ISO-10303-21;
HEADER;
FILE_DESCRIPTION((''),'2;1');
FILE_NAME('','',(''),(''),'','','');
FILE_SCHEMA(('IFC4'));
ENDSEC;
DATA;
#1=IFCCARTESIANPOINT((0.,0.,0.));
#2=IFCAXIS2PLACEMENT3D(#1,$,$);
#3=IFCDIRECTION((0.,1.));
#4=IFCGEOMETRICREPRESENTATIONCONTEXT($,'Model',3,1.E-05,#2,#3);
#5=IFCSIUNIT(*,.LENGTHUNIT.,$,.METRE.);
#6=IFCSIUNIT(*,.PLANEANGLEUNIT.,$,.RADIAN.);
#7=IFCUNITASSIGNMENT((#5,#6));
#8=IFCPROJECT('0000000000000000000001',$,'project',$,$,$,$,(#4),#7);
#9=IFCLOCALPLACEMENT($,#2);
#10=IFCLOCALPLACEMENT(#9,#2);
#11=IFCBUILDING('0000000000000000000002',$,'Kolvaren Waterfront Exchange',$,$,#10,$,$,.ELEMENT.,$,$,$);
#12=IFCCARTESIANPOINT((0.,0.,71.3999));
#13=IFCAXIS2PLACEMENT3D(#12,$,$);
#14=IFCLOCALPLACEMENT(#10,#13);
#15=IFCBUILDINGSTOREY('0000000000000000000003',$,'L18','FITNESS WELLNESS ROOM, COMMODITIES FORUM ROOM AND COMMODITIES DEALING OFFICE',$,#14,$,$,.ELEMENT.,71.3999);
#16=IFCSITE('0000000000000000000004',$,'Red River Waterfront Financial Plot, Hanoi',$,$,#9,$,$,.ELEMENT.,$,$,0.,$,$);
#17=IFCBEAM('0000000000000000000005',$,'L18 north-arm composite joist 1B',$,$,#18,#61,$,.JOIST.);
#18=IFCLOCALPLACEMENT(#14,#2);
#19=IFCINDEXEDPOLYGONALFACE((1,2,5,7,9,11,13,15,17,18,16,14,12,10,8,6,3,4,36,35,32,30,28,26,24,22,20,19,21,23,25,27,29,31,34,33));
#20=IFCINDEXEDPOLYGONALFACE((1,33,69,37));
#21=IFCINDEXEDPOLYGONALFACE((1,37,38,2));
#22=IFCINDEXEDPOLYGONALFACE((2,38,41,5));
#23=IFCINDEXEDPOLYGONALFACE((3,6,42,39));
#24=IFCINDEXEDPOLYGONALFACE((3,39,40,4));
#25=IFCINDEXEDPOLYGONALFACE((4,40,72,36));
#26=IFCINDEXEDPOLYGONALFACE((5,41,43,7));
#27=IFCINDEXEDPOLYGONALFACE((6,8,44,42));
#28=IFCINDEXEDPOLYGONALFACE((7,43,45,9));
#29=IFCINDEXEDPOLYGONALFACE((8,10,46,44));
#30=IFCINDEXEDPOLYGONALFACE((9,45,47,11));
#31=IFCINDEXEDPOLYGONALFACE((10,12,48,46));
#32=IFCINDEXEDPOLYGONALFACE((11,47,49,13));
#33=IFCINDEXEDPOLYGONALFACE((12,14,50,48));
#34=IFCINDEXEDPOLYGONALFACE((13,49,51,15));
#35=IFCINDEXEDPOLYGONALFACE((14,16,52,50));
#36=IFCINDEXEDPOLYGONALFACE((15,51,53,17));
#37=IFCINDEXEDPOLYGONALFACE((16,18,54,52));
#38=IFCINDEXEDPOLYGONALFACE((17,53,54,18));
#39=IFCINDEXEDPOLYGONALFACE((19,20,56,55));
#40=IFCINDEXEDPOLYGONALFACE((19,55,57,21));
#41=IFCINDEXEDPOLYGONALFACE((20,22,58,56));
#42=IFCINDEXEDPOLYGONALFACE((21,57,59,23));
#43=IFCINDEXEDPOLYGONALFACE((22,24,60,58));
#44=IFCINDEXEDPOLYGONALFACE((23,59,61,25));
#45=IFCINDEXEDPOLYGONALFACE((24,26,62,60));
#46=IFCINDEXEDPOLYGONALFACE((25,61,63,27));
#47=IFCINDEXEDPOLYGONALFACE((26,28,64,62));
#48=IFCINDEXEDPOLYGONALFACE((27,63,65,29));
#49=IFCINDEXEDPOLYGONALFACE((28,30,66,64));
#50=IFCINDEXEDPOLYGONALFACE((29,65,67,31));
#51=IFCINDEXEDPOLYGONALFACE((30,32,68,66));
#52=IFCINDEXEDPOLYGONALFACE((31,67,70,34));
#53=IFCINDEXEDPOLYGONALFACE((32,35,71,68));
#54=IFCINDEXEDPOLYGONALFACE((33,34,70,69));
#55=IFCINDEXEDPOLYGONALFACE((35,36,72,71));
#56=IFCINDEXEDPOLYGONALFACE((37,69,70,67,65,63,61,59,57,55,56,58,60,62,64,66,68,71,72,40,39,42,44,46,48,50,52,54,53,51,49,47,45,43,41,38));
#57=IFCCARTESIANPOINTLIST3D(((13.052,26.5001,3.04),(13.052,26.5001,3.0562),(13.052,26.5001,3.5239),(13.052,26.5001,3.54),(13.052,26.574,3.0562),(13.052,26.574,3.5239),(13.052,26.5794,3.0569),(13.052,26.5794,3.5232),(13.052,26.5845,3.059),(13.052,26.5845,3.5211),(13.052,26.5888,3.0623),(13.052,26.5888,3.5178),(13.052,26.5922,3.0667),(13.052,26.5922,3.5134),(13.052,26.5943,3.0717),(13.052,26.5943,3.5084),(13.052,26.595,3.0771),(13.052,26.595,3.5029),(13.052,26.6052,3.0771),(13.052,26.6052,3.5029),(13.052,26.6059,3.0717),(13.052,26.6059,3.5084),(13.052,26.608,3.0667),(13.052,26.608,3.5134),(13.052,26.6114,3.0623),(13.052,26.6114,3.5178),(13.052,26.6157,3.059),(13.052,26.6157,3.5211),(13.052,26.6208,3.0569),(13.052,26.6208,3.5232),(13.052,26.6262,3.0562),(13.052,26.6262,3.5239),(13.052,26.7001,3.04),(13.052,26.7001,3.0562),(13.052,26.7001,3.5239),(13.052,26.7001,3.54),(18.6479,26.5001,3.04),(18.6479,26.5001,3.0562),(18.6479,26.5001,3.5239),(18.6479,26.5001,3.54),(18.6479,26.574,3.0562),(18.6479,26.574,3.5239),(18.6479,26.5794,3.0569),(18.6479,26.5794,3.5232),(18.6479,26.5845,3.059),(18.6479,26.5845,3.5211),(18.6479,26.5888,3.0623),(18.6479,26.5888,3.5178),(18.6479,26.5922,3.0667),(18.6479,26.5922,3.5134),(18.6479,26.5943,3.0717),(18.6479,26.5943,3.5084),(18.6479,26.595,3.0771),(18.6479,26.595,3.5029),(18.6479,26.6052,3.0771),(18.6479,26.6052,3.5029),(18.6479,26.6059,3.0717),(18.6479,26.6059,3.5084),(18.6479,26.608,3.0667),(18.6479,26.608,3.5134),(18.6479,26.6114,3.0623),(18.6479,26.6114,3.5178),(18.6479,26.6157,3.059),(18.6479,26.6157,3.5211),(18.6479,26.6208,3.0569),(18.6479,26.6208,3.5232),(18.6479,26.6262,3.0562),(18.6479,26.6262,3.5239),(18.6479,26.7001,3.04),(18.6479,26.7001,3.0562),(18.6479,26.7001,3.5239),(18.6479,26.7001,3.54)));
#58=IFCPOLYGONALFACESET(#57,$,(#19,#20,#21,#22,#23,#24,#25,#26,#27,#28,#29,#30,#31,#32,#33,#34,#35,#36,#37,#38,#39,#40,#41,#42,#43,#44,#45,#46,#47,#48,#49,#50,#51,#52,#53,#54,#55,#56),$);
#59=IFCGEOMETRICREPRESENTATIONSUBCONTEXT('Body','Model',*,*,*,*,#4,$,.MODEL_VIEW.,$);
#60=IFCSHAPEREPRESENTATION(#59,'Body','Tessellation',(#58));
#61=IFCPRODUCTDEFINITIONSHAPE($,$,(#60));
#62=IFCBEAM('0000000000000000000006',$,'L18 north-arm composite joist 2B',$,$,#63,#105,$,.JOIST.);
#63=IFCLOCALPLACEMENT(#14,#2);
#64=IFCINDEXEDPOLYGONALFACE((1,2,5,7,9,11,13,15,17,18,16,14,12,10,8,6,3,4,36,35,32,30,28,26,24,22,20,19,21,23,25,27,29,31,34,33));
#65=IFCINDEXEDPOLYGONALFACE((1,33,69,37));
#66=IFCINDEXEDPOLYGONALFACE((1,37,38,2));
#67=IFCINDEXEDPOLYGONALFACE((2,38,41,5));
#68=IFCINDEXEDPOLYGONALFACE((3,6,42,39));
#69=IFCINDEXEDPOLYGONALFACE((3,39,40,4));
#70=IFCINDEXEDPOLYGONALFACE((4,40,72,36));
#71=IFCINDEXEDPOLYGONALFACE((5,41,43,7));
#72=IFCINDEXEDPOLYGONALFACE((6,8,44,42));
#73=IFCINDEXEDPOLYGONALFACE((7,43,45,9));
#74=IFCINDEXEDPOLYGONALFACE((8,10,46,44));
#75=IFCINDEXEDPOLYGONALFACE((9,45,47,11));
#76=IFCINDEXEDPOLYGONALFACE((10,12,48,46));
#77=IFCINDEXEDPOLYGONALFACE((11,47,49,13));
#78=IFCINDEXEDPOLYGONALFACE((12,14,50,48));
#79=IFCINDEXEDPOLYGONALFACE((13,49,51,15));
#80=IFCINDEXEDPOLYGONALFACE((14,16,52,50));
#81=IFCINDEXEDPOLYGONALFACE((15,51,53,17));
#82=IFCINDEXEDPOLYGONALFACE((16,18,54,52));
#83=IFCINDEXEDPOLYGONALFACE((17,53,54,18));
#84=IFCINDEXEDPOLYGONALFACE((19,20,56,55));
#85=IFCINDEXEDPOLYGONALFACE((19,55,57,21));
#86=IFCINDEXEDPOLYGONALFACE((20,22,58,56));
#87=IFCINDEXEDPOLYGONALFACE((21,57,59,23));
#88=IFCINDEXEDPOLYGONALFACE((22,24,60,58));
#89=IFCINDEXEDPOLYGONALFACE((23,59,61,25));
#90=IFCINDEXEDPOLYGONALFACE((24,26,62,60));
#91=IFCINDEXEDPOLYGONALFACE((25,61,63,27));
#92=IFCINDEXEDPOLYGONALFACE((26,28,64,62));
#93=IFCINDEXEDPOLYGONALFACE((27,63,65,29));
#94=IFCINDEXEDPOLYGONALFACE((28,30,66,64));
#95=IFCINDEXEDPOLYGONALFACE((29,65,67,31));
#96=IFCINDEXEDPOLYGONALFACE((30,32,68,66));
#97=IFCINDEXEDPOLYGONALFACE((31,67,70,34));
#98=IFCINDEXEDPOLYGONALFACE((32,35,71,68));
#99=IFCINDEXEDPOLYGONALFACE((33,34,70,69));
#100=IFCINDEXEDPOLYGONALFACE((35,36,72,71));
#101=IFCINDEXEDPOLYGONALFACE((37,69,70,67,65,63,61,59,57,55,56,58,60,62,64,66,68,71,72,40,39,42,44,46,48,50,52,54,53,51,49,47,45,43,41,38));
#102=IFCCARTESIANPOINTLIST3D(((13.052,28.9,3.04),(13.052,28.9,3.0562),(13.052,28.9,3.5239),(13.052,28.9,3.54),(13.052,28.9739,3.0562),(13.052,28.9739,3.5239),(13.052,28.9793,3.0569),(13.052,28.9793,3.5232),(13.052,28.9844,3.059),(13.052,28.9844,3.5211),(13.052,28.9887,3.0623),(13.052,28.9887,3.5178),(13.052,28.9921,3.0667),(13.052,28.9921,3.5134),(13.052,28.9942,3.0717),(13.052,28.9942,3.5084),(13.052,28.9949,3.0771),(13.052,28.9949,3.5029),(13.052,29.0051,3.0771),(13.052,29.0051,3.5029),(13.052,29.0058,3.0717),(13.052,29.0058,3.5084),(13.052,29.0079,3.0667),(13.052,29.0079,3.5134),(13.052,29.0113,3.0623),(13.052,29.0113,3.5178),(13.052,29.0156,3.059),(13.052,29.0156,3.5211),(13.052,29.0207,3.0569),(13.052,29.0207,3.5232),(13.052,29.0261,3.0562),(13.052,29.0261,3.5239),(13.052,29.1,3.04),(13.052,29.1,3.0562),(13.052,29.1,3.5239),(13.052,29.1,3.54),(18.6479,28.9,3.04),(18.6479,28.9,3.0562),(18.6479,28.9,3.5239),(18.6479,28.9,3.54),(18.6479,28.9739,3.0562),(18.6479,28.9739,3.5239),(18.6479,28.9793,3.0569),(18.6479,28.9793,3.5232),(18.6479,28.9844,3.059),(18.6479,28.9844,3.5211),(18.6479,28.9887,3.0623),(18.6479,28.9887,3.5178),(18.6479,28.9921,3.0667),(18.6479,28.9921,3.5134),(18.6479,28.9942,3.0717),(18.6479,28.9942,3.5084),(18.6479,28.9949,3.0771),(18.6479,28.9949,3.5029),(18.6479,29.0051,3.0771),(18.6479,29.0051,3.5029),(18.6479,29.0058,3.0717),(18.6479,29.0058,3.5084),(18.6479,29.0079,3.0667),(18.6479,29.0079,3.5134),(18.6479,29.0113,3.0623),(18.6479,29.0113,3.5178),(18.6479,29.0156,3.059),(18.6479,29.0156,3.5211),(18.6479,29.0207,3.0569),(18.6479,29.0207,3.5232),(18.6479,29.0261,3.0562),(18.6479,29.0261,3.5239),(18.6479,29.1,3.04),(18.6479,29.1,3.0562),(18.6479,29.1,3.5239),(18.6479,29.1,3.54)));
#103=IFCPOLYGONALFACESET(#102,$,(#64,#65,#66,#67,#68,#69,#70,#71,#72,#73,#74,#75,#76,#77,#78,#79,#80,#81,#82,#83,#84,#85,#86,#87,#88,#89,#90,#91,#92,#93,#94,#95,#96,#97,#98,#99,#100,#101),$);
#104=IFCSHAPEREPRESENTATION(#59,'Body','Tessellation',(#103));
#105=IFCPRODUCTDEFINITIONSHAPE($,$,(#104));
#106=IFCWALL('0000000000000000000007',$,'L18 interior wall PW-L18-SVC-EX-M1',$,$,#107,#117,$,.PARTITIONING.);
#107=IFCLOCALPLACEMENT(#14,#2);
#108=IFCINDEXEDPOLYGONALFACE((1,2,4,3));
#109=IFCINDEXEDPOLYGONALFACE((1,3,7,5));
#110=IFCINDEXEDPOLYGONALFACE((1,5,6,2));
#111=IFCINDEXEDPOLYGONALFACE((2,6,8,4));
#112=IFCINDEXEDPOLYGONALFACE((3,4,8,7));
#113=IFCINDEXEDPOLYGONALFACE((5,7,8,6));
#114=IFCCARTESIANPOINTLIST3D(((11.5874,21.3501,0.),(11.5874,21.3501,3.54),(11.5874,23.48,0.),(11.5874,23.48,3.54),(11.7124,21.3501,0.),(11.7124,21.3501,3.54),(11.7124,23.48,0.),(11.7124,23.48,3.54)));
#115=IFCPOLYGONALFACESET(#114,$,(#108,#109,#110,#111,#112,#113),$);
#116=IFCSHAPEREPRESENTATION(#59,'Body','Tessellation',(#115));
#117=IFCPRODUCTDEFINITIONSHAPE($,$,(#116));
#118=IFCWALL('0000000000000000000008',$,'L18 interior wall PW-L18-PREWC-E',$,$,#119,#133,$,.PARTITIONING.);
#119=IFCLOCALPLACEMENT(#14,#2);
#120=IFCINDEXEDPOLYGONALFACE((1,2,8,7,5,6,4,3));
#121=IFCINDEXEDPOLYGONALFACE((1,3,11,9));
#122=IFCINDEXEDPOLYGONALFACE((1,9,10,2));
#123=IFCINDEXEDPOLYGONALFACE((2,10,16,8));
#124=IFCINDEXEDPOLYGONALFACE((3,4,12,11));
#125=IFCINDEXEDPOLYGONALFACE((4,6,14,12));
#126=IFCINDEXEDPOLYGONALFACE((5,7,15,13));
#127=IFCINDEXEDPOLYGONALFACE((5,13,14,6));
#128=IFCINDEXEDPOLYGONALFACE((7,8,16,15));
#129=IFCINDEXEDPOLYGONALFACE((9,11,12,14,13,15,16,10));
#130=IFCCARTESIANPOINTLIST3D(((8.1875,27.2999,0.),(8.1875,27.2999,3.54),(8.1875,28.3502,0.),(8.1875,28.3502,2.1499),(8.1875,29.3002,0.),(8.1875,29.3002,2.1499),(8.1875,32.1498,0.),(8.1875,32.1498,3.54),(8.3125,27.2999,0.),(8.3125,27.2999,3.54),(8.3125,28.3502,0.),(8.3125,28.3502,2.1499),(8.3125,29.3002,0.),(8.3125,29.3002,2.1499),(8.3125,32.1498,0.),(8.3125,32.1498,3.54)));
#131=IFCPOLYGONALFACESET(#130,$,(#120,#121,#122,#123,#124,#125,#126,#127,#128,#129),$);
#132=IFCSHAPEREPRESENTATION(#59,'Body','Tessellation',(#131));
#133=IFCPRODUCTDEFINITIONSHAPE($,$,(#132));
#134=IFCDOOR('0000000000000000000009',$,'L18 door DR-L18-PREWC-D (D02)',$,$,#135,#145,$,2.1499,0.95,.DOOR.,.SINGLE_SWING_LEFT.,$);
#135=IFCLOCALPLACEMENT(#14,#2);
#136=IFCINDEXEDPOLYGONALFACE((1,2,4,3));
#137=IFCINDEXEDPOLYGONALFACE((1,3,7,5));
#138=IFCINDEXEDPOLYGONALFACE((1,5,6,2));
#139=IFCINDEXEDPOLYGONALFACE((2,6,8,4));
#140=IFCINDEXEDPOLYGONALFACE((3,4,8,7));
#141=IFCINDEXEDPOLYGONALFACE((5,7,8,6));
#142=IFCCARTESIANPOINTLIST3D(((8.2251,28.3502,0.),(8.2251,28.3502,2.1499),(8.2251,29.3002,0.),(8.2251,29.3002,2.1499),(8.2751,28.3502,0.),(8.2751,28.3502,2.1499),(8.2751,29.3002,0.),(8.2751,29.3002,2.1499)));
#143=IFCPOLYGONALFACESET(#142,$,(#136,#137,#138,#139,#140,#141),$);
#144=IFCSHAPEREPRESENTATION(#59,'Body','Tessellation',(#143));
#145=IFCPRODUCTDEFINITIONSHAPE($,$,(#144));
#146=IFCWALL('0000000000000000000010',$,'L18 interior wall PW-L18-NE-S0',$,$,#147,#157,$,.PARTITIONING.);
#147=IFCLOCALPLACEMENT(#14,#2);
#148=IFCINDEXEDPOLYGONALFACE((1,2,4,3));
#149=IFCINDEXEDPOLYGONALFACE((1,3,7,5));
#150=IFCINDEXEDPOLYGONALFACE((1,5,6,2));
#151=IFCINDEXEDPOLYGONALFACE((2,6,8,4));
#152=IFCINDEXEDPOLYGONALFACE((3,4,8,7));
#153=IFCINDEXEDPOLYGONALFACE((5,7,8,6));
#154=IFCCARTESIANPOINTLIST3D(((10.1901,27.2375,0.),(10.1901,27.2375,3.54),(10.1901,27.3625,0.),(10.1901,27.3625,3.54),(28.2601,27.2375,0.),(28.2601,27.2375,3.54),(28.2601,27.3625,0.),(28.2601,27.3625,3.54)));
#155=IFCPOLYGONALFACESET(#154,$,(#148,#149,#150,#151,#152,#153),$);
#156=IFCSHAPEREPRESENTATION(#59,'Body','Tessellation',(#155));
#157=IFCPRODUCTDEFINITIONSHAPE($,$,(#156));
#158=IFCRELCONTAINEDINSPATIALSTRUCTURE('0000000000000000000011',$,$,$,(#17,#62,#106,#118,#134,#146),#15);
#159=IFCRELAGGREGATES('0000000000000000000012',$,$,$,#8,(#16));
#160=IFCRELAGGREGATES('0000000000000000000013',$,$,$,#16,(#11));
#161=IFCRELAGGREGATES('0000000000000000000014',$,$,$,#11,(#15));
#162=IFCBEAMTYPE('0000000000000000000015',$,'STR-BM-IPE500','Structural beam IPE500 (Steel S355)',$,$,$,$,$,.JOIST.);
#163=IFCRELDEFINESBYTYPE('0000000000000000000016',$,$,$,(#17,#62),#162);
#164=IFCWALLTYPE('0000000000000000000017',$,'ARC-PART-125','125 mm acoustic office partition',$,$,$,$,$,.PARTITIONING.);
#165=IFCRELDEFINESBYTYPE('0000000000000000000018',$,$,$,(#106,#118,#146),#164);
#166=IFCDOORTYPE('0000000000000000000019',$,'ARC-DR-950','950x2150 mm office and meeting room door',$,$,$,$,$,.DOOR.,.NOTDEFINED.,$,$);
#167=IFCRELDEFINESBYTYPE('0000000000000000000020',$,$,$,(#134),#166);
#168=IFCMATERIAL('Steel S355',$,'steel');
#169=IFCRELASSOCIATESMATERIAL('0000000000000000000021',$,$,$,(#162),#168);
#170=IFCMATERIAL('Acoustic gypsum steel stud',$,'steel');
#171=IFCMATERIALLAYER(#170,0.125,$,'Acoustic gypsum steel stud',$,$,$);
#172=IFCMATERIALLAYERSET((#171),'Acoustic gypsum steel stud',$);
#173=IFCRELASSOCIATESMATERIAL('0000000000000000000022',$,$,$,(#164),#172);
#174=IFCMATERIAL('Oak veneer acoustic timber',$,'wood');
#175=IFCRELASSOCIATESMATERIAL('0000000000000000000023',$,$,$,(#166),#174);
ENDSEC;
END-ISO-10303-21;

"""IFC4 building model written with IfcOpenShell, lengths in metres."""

from ifc_helpers import new_model, si_unit, direction, frame, frame_2d, origin, origin_2d, place, context, subcontext, project, spatial, rectangle, i_section, extrude, material, layer, layer_set, material_profile, profile_set, type_object, element, fill, save


model = new_model("IFC4")

# Units and contexts
model_context = context("Model", 3, precision=1e-05, world=origin(), true_north=direction((0.0, 1.0)))
body_context = subcontext(model_context, "Body", "Model", "MODEL_VIEW")
ifc_project = project(units=[si_unit("LENGTHUNIT", "METRE"), si_unit("PLANEANGLEUNIT", "RADIAN")], contexts=[model_context])

# Site, building, storey
site_placement = place(None, origin())
site = spatial("IfcSite", under=ifc_project, at=site_placement, Name="Red River Waterfront Financial Plot, Hanoi", CompositionType="ELEMENT", RefElevation=0.0)
building_placement = place(site_placement, origin())
building = spatial("IfcBuilding", under=site, at=building_placement, Name="Kolvaren Waterfront Exchange", CompositionType="ELEMENT")
storey_placement = place(building_placement, frame((0.0, 0.0, 71.3999)))
storey = spatial("IfcBuildingStorey", under=building, at=storey_placement, Name="L18", Description="FITNESS WELLNESS ROOM, COMMODITIES FORUM ROOM AND COMMODITIES DEALING OFFICE", CompositionType="ELEMENT", Elevation=71.3999)

# Beams
ifc_material_1 = material(Name="Steel S355", Category="steel")
ifc_material_profile_1 = material_profile(ifc_material_1, i_section(OverallWidth=0.2, OverallDepth=0.5, WebThickness=0.0103, FlangeThickness=0.0161, FilletRadius=0.021, at=origin_2d()), Name="IPE500")
ifc_profile_set_1 = profile_set([ifc_material_profile_1], Name="Steel S355")
beam_type_1 = type_object("IfcBeamType", Name="STR-BM-IPE500", Description="Structural beam IPE500 (Steel S355)", PredefinedType="JOIST", material=ifc_profile_set_1)
for number, where, z_axis, x_axis, name in (
    (1, (13.052, 26.6001, 3.29), (1.0, 0.0, 0.0), (0.0, 1.0, 0.0), "L18 north-arm composite joist 1B"),
    (2, (13.052, 29.0, 3.29), (1.0, 0.0, 0.0), (0.0, 1.0, 0.0), "L18 north-arm composite joist 2B"),
):
    element("IfcBeam", number, at=place(storey_placement, frame(where, z_axis=z_axis, x_axis=x_axis)), inside=storey, type_object=beam_type_1, Name=name, PredefinedType="JOIST", context=body_context, shape_type="SweptSolid", body=[
        extrude(i_section(OverallWidth=0.2, OverallDepth=0.5, WebThickness=0.0103, FlangeThickness=0.0161, FilletRadius=0.021, at=origin_2d()), origin(), (0.0, 0.0, 1.0), 5.5959),
    ])

# Shared definitions
ifc_material_2 = material(Name="Acoustic gypsum steel stud", Category="steel")
ifc_layer_1 = layer(ifc_material_2, 0.125, Name="Acoustic gypsum steel stud")
ifc_layer_set_1 = layer_set([ifc_layer_1], Name="Acoustic gypsum steel stud")
wall_type_1 = type_object("IfcWallType", Name="ARC-PART-125", Description="125 mm acoustic office partition", PredefinedType="PARTITIONING", material=ifc_layer_set_1)

# Wall
wall_1_placement = place(storey_placement, frame((11.6499, 21.3501, 0.0), z_axis=(0.0, 0.0, 1.0), x_axis=(0.0, 1.0, 0.0)))
element("IfcWall", 3, at=wall_1_placement, inside=storey, type_object=wall_type_1, Name="L18 interior wall PW-L18-SVC-EX-M1", PredefinedType="PARTITIONING", context=body_context, shape_type="SweptSolid", body=[
    extrude(rectangle(XDim=2.1299, YDim=0.125, at=frame_2d((1.0649, 0.0))), origin(), (0.0, 0.0, 1.0), 3.54),
])

# Wall, opening, door
wall_2_placement = place(storey_placement, frame((8.25, 27.3, 0.0), z_axis=(0.0, 0.0, 1.0), x_axis=(0.0, 1.0, 0.0)))
wall_2 = element("IfcWall", 4, at=wall_2_placement, inside=storey, type_object=wall_type_1, Name="L18 interior wall PW-L18-PREWC-E", PredefinedType="PARTITIONING", context=body_context, shape_type="SweptSolid", body=[
    extrude(rectangle(XDim=4.8499, YDim=0.125, at=frame_2d((2.4248, 0.0))), origin(), (0.0, 0.0, 1.0), 3.54),
])
opening_1_placement = place(wall_2_placement, frame((1.05, 0.0, 0.0)))
opening_1 = element("IfcOpeningElement", 5, at=opening_1_placement, cuts=wall_2, PredefinedType="OPENING", context=body_context, shape_type="SweptSolid", body=[
    extrude(rectangle(XDim=0.95, YDim=2.1499, at=frame_2d((0.4751, 1.075))), frame((0.0, 0.0725, 0.0), z_axis=(0.0, -1.0, 0.0), x_axis=(1.0, 0.0, 0.0)), (0.0, 0.0, 1.0), 0.145),
])
ifc_material_3 = material(Name="Oak veneer acoustic timber", Category="wood")
door_type_1 = type_object("IfcDoorType", Name="ARC-DR-950", Description="950x2150 mm office and meeting room door", OperationType="NOTDEFINED", PredefinedType="DOOR", material=ifc_material_3)
door_1_placement = place(opening_1_placement, origin())
door_1 = element("IfcDoor", 6, at=door_1_placement, inside=storey, type_object=door_type_1, Name="L18 door DR-L18-PREWC-D (D02)", OperationType="SINGLE_SWING_LEFT", OverallHeight=2.1499, OverallWidth=0.95, PredefinedType="DOOR", context=body_context, shape_type="SweptSolid", body=[
    extrude(rectangle(XDim=0.95, YDim=2.1499, at=frame_2d((0.4751, 1.075))), frame((0.0, 0.0249, 0.0), z_axis=(0.0, -1.0, 0.0), x_axis=(1.0, 0.0, 0.0)), (0.0, 0.0, 1.0), 0.05),
])
fill(opening_1, door_1)

# Wall
wall_3_placement = place(storey_placement, frame((10.1899, 27.3, 0.0), z_axis=(0.0, 0.0, 1.0), x_axis=(1.0, 0.0, 0.0)))
element("IfcWall", 7, at=wall_3_placement, inside=storey, type_object=wall_type_1, Name="L18 interior wall PW-L18-NE-S0", PredefinedType="PARTITIONING", context=body_context, shape_type="SweptSolid", body=[
    extrude(rectangle(XDim=18.0701, YDim=0.125, at=frame_2d((9.0352, 0.0))), origin(), (0.0, 0.0, 1.0), 3.54),
])

save(model, "model.ifc")
